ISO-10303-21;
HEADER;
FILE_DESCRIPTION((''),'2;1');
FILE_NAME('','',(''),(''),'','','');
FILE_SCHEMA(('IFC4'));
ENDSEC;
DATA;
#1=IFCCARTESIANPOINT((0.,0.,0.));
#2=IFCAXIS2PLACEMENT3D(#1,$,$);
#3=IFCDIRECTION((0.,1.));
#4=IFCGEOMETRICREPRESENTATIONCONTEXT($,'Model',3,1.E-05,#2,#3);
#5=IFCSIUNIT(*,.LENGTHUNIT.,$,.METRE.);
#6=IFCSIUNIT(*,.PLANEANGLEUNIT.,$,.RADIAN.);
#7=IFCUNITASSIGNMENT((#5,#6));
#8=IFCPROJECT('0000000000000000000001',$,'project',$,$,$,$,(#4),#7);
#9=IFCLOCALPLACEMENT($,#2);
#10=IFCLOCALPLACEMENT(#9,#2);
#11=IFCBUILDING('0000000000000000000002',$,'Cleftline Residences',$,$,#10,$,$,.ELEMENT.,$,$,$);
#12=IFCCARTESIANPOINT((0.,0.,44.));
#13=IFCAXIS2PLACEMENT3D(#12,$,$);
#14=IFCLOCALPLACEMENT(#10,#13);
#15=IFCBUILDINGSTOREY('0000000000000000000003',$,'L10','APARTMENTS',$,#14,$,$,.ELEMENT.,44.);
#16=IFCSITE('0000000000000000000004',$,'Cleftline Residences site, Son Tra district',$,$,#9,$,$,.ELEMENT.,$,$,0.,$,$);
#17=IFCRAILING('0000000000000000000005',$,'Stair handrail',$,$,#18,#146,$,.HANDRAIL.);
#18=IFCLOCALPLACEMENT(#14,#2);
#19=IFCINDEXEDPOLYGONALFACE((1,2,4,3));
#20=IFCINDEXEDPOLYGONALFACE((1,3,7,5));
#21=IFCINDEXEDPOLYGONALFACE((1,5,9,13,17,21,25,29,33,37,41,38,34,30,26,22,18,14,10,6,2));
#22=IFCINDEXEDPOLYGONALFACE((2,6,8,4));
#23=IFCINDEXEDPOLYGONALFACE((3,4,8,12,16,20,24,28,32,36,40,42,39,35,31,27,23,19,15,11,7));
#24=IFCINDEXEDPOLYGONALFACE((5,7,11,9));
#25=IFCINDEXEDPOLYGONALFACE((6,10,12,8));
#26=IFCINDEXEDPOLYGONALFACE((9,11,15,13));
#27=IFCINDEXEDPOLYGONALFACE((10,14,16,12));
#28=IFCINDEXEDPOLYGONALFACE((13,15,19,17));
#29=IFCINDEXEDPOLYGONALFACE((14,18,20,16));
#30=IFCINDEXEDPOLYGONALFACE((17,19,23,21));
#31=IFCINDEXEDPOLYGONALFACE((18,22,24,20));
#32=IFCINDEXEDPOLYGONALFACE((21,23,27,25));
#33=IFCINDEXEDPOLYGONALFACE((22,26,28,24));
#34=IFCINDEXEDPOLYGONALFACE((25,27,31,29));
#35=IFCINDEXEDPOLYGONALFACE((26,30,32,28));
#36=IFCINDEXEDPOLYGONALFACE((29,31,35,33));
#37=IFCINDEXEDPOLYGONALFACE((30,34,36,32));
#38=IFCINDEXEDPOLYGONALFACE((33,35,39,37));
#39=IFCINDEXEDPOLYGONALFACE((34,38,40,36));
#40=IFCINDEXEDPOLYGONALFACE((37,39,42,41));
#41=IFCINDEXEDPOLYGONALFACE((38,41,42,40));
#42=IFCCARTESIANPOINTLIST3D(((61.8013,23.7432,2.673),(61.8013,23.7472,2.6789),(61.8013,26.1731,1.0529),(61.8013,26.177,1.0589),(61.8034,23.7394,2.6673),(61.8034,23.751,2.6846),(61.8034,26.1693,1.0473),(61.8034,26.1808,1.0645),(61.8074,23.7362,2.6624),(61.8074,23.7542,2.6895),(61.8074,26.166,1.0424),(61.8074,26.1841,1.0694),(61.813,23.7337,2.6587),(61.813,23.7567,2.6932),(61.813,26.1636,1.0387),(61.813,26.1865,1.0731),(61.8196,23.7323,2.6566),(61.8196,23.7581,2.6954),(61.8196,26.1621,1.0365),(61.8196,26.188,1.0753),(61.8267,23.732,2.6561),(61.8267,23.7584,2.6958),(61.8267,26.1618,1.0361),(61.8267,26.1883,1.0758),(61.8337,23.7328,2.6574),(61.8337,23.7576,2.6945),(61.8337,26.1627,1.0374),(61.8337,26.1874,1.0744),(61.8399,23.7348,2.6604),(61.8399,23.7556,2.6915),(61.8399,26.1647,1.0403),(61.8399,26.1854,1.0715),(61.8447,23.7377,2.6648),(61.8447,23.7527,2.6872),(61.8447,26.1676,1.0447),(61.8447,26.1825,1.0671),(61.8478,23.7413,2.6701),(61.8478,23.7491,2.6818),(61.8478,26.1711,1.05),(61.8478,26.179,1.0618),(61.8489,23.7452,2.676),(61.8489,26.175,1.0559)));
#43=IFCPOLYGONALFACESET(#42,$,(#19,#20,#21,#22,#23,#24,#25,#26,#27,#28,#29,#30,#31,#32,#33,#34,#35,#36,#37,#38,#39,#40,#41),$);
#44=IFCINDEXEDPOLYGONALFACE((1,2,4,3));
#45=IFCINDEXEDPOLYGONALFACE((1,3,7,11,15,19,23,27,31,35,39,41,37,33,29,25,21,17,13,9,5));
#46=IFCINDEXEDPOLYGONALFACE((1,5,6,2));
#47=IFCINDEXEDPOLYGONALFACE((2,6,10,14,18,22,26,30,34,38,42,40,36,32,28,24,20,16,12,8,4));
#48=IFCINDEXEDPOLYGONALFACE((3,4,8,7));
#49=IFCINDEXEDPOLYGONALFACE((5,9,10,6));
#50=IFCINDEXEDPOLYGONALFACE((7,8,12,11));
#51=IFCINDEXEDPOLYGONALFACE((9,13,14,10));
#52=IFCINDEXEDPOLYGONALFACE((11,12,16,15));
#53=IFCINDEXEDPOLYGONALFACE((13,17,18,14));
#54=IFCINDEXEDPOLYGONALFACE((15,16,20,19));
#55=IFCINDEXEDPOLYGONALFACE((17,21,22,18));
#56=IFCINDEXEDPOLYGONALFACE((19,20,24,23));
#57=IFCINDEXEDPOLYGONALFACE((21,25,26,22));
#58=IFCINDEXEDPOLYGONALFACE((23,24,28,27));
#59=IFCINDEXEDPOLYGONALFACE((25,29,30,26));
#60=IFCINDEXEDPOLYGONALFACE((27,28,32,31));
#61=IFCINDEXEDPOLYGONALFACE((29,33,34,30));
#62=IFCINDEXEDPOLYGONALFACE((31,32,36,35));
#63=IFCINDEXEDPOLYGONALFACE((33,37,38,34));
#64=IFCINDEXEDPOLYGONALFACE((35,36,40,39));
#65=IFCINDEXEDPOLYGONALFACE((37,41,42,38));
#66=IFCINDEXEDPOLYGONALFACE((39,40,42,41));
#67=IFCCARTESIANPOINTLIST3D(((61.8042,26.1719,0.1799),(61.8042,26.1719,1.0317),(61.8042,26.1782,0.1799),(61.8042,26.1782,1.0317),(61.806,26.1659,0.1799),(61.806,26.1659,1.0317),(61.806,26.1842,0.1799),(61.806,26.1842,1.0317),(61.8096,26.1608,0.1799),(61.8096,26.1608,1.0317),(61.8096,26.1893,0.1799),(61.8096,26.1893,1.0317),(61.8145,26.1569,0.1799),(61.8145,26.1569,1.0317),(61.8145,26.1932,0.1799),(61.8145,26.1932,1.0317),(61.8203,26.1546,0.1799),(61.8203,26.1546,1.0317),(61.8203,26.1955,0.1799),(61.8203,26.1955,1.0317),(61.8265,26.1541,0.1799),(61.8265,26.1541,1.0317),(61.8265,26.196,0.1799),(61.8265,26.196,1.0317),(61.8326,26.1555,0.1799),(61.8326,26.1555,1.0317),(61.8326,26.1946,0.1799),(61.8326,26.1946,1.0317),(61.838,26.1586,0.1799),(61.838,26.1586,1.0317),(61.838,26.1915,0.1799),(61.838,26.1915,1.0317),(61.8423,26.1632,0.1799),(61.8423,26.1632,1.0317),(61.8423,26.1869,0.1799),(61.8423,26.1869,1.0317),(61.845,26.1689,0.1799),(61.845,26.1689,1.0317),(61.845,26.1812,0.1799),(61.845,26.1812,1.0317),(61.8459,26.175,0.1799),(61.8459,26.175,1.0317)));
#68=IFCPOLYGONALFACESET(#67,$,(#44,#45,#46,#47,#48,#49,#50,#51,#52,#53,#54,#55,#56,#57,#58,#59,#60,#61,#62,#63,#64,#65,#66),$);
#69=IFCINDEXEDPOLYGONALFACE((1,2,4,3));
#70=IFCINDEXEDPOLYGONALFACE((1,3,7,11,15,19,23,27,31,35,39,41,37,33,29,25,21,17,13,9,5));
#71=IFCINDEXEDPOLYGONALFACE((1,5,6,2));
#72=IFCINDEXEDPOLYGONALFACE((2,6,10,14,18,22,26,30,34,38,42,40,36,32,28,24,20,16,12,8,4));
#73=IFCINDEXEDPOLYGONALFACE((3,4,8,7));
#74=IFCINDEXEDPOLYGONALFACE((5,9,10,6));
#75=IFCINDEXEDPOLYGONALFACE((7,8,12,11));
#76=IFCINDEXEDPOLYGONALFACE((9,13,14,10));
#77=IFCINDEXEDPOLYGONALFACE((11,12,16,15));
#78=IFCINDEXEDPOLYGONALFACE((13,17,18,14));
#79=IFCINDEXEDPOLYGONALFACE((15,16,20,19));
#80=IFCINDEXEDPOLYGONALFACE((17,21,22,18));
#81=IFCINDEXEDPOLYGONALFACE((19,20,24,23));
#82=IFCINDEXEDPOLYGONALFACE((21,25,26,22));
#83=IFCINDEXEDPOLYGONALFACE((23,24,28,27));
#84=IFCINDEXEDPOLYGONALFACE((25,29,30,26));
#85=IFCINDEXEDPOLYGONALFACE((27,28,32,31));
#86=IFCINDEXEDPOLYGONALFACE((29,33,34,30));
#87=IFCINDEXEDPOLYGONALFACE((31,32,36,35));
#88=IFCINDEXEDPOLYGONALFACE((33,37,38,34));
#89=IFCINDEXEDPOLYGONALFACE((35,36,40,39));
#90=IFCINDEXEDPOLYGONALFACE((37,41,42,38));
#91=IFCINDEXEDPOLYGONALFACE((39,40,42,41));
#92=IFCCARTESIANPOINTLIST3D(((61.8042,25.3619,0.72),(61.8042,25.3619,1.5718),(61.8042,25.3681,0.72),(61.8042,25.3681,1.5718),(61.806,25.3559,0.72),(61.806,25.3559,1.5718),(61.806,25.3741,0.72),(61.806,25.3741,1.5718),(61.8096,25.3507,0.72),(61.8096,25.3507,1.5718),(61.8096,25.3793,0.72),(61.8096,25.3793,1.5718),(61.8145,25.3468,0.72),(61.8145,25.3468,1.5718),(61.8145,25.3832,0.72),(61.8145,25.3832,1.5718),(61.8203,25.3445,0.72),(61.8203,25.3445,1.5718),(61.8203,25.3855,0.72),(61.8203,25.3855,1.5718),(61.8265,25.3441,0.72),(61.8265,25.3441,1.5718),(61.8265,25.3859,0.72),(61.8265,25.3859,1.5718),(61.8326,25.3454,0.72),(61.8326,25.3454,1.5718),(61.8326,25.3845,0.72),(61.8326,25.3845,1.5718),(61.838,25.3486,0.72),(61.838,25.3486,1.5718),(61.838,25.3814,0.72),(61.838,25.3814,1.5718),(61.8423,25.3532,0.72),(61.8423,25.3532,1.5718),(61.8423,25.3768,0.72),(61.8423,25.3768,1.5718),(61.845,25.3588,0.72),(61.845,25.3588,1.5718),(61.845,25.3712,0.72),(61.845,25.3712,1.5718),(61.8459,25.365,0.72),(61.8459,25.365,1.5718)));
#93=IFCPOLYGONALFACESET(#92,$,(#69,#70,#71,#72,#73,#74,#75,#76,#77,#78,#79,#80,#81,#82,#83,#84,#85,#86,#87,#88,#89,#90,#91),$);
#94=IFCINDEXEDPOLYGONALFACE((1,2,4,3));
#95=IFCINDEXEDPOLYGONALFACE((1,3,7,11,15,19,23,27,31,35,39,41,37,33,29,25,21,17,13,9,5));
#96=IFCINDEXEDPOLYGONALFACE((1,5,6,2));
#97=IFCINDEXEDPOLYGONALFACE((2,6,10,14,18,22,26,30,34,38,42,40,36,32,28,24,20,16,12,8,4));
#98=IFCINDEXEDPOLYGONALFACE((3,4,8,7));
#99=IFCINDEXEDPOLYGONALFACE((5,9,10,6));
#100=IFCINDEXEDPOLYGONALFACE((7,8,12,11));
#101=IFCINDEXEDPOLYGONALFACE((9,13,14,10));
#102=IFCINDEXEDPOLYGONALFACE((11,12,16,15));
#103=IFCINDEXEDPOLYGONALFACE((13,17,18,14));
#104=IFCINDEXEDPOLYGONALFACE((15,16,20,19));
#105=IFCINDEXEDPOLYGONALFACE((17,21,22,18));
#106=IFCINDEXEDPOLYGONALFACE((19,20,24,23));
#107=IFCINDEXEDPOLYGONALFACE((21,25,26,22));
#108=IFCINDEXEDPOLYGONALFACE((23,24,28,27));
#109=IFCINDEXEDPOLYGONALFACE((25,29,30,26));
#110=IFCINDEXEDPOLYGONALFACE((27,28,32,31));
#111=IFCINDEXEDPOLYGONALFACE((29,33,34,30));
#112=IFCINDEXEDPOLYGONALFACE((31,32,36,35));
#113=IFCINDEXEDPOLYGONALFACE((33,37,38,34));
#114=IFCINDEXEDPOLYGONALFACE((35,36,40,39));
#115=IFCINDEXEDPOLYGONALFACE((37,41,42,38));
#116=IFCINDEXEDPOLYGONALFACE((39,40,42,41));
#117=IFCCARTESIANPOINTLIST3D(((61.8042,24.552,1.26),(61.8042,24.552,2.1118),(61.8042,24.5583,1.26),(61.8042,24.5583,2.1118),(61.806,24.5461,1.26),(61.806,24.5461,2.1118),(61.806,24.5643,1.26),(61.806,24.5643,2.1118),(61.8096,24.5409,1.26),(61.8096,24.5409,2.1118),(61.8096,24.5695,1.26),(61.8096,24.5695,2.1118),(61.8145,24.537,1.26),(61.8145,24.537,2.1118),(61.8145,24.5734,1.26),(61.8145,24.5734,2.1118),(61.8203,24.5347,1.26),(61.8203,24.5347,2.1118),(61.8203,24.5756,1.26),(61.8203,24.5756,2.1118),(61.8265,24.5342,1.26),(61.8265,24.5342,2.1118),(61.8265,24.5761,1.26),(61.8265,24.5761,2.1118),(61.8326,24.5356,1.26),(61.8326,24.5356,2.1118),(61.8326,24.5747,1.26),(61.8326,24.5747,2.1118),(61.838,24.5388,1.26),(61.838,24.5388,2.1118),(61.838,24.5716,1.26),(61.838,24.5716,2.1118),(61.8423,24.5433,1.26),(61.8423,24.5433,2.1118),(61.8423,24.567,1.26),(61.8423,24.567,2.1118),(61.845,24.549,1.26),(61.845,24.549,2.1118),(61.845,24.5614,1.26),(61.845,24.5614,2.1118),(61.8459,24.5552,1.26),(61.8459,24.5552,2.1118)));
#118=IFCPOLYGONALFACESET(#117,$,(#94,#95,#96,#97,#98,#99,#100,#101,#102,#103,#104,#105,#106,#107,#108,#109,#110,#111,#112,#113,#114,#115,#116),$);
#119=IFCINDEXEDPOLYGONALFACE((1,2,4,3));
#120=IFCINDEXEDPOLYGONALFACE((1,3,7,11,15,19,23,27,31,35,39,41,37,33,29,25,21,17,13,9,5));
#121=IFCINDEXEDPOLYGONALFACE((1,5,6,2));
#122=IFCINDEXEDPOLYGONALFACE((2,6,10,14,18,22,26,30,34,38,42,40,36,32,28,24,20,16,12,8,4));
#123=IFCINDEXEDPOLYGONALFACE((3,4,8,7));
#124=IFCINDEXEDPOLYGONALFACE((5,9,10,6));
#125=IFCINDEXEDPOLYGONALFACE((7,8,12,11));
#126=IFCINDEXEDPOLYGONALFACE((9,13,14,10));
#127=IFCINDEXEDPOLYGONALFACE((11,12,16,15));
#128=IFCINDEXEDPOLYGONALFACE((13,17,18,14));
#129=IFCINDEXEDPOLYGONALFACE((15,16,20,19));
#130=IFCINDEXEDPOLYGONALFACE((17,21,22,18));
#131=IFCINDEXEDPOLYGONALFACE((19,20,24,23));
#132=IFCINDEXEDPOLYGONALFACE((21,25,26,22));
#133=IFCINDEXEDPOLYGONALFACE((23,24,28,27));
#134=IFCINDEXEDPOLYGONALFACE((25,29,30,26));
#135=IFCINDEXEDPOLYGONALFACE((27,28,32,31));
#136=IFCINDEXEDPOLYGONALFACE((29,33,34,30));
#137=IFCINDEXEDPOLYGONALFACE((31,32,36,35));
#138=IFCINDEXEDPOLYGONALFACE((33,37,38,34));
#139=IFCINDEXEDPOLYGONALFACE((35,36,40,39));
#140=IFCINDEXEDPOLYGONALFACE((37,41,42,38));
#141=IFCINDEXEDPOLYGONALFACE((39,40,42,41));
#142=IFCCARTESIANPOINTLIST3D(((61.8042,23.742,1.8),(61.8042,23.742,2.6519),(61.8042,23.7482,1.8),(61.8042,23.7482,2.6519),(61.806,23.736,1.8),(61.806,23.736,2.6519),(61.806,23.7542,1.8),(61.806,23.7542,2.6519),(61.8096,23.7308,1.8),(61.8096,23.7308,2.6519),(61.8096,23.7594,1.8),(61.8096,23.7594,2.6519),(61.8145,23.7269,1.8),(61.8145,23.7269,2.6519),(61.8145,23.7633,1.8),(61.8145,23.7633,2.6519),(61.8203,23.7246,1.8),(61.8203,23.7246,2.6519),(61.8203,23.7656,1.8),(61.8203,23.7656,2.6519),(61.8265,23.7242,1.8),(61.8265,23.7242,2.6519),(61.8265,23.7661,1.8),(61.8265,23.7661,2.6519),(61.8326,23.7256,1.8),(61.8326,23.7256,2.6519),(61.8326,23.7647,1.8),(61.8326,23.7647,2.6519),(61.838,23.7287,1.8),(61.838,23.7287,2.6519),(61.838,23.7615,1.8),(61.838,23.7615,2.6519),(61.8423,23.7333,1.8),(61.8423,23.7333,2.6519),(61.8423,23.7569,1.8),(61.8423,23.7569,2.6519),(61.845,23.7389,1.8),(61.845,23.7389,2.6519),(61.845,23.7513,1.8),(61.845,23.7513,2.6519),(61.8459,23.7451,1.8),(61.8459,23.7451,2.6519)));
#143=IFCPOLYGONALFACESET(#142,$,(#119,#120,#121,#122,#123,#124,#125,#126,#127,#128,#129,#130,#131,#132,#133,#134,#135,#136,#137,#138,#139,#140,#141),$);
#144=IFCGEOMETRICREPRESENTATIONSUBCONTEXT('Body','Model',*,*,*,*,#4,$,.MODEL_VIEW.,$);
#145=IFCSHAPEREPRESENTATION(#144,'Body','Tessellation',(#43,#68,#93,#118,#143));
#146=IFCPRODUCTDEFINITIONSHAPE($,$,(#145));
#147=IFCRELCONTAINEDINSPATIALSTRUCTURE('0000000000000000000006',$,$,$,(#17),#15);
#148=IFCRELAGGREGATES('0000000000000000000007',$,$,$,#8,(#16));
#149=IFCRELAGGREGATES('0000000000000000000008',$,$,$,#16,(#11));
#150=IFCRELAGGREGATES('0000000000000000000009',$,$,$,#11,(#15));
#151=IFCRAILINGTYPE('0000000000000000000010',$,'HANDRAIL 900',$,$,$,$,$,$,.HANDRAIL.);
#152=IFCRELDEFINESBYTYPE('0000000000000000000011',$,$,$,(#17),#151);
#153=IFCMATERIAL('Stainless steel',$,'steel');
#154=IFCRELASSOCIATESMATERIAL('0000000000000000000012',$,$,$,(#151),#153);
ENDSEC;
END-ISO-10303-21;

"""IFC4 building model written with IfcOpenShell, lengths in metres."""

from ifc_helpers import new_model, si_unit, direction, frame, origin, origin_2d, place, context, subcontext, project, spatial, circle, extrude, material, type_object, element, save


model = new_model("IFC4")

# Units and contexts
model_context = context("Model", 3, precision=1e-05, world=origin(), true_north=direction((0.0, 1.0)))
body_context = subcontext(model_context, "Body", "Model", "MODEL_VIEW")
ifc_project = project(units=[si_unit("LENGTHUNIT", "METRE"), si_unit("PLANEANGLEUNIT", "RADIAN")], contexts=[model_context])

# Site, building, storey
site_placement = place(None, origin())
site = spatial("IfcSite", under=ifc_project, at=site_placement, Name="Cleftline Residences site, Son Tra district", CompositionType="ELEMENT", RefElevation=0.0)
building_placement = place(site_placement, origin())
building = spatial("IfcBuilding", under=site, at=building_placement, Name="Cleftline Residences", CompositionType="ELEMENT")
storey_placement = place(building_placement, frame((0.0, 0.0, 44.0)))
storey = spatial("IfcBuildingStorey", under=building, at=storey_placement, Name="L10", Description="APARTMENTS", CompositionType="ELEMENT", Elevation=44.0)

# Railing
ifc_material_1 = material(Name="Stainless steel", Category="steel")
railing_type = type_object("IfcRailingType", Name="HANDRAIL 900", PredefinedType="HANDRAIL", material=ifc_material_1)
railing_placement = place(storey_placement, frame((61.825, 26.175, 0.1799)))
element("IfcRailing", 1, at=railing_placement, inside=storey, type_object=railing_type, Name="Stair handrail", PredefinedType="HANDRAIL", context=body_context, shape_type="SweptSolid", body=[
    extrude(circle(Radius=0.0239, at=origin_2d()), frame((0.0, 0.0, 0.876), z_axis=(0.0, -0.832025, 0.554739), x_axis=(1.0, 0.0, 0.0)), (0.0, 0.0, 1.0), 2.9204),
    extrude(circle(Radius=0.021, at=origin_2d()), origin(), (0.0, 0.0, 1.0), 0.8518),
    extrude(circle(Radius=0.021, at=origin_2d()), frame((0.0, -0.8101, 0.54)), (0.0, 0.0, 1.0), 0.8518),
    extrude(circle(Radius=0.021, at=origin_2d()), frame((0.0, -1.6199, 1.0801)), (0.0, 0.0, 1.0), 0.8518),
    extrude(circle(Radius=0.021, at=origin_2d()), frame((0.0, -2.4299, 1.6201)), (0.0, 0.0, 1.0), 0.8518),
])

save(model, "model.ifc")
